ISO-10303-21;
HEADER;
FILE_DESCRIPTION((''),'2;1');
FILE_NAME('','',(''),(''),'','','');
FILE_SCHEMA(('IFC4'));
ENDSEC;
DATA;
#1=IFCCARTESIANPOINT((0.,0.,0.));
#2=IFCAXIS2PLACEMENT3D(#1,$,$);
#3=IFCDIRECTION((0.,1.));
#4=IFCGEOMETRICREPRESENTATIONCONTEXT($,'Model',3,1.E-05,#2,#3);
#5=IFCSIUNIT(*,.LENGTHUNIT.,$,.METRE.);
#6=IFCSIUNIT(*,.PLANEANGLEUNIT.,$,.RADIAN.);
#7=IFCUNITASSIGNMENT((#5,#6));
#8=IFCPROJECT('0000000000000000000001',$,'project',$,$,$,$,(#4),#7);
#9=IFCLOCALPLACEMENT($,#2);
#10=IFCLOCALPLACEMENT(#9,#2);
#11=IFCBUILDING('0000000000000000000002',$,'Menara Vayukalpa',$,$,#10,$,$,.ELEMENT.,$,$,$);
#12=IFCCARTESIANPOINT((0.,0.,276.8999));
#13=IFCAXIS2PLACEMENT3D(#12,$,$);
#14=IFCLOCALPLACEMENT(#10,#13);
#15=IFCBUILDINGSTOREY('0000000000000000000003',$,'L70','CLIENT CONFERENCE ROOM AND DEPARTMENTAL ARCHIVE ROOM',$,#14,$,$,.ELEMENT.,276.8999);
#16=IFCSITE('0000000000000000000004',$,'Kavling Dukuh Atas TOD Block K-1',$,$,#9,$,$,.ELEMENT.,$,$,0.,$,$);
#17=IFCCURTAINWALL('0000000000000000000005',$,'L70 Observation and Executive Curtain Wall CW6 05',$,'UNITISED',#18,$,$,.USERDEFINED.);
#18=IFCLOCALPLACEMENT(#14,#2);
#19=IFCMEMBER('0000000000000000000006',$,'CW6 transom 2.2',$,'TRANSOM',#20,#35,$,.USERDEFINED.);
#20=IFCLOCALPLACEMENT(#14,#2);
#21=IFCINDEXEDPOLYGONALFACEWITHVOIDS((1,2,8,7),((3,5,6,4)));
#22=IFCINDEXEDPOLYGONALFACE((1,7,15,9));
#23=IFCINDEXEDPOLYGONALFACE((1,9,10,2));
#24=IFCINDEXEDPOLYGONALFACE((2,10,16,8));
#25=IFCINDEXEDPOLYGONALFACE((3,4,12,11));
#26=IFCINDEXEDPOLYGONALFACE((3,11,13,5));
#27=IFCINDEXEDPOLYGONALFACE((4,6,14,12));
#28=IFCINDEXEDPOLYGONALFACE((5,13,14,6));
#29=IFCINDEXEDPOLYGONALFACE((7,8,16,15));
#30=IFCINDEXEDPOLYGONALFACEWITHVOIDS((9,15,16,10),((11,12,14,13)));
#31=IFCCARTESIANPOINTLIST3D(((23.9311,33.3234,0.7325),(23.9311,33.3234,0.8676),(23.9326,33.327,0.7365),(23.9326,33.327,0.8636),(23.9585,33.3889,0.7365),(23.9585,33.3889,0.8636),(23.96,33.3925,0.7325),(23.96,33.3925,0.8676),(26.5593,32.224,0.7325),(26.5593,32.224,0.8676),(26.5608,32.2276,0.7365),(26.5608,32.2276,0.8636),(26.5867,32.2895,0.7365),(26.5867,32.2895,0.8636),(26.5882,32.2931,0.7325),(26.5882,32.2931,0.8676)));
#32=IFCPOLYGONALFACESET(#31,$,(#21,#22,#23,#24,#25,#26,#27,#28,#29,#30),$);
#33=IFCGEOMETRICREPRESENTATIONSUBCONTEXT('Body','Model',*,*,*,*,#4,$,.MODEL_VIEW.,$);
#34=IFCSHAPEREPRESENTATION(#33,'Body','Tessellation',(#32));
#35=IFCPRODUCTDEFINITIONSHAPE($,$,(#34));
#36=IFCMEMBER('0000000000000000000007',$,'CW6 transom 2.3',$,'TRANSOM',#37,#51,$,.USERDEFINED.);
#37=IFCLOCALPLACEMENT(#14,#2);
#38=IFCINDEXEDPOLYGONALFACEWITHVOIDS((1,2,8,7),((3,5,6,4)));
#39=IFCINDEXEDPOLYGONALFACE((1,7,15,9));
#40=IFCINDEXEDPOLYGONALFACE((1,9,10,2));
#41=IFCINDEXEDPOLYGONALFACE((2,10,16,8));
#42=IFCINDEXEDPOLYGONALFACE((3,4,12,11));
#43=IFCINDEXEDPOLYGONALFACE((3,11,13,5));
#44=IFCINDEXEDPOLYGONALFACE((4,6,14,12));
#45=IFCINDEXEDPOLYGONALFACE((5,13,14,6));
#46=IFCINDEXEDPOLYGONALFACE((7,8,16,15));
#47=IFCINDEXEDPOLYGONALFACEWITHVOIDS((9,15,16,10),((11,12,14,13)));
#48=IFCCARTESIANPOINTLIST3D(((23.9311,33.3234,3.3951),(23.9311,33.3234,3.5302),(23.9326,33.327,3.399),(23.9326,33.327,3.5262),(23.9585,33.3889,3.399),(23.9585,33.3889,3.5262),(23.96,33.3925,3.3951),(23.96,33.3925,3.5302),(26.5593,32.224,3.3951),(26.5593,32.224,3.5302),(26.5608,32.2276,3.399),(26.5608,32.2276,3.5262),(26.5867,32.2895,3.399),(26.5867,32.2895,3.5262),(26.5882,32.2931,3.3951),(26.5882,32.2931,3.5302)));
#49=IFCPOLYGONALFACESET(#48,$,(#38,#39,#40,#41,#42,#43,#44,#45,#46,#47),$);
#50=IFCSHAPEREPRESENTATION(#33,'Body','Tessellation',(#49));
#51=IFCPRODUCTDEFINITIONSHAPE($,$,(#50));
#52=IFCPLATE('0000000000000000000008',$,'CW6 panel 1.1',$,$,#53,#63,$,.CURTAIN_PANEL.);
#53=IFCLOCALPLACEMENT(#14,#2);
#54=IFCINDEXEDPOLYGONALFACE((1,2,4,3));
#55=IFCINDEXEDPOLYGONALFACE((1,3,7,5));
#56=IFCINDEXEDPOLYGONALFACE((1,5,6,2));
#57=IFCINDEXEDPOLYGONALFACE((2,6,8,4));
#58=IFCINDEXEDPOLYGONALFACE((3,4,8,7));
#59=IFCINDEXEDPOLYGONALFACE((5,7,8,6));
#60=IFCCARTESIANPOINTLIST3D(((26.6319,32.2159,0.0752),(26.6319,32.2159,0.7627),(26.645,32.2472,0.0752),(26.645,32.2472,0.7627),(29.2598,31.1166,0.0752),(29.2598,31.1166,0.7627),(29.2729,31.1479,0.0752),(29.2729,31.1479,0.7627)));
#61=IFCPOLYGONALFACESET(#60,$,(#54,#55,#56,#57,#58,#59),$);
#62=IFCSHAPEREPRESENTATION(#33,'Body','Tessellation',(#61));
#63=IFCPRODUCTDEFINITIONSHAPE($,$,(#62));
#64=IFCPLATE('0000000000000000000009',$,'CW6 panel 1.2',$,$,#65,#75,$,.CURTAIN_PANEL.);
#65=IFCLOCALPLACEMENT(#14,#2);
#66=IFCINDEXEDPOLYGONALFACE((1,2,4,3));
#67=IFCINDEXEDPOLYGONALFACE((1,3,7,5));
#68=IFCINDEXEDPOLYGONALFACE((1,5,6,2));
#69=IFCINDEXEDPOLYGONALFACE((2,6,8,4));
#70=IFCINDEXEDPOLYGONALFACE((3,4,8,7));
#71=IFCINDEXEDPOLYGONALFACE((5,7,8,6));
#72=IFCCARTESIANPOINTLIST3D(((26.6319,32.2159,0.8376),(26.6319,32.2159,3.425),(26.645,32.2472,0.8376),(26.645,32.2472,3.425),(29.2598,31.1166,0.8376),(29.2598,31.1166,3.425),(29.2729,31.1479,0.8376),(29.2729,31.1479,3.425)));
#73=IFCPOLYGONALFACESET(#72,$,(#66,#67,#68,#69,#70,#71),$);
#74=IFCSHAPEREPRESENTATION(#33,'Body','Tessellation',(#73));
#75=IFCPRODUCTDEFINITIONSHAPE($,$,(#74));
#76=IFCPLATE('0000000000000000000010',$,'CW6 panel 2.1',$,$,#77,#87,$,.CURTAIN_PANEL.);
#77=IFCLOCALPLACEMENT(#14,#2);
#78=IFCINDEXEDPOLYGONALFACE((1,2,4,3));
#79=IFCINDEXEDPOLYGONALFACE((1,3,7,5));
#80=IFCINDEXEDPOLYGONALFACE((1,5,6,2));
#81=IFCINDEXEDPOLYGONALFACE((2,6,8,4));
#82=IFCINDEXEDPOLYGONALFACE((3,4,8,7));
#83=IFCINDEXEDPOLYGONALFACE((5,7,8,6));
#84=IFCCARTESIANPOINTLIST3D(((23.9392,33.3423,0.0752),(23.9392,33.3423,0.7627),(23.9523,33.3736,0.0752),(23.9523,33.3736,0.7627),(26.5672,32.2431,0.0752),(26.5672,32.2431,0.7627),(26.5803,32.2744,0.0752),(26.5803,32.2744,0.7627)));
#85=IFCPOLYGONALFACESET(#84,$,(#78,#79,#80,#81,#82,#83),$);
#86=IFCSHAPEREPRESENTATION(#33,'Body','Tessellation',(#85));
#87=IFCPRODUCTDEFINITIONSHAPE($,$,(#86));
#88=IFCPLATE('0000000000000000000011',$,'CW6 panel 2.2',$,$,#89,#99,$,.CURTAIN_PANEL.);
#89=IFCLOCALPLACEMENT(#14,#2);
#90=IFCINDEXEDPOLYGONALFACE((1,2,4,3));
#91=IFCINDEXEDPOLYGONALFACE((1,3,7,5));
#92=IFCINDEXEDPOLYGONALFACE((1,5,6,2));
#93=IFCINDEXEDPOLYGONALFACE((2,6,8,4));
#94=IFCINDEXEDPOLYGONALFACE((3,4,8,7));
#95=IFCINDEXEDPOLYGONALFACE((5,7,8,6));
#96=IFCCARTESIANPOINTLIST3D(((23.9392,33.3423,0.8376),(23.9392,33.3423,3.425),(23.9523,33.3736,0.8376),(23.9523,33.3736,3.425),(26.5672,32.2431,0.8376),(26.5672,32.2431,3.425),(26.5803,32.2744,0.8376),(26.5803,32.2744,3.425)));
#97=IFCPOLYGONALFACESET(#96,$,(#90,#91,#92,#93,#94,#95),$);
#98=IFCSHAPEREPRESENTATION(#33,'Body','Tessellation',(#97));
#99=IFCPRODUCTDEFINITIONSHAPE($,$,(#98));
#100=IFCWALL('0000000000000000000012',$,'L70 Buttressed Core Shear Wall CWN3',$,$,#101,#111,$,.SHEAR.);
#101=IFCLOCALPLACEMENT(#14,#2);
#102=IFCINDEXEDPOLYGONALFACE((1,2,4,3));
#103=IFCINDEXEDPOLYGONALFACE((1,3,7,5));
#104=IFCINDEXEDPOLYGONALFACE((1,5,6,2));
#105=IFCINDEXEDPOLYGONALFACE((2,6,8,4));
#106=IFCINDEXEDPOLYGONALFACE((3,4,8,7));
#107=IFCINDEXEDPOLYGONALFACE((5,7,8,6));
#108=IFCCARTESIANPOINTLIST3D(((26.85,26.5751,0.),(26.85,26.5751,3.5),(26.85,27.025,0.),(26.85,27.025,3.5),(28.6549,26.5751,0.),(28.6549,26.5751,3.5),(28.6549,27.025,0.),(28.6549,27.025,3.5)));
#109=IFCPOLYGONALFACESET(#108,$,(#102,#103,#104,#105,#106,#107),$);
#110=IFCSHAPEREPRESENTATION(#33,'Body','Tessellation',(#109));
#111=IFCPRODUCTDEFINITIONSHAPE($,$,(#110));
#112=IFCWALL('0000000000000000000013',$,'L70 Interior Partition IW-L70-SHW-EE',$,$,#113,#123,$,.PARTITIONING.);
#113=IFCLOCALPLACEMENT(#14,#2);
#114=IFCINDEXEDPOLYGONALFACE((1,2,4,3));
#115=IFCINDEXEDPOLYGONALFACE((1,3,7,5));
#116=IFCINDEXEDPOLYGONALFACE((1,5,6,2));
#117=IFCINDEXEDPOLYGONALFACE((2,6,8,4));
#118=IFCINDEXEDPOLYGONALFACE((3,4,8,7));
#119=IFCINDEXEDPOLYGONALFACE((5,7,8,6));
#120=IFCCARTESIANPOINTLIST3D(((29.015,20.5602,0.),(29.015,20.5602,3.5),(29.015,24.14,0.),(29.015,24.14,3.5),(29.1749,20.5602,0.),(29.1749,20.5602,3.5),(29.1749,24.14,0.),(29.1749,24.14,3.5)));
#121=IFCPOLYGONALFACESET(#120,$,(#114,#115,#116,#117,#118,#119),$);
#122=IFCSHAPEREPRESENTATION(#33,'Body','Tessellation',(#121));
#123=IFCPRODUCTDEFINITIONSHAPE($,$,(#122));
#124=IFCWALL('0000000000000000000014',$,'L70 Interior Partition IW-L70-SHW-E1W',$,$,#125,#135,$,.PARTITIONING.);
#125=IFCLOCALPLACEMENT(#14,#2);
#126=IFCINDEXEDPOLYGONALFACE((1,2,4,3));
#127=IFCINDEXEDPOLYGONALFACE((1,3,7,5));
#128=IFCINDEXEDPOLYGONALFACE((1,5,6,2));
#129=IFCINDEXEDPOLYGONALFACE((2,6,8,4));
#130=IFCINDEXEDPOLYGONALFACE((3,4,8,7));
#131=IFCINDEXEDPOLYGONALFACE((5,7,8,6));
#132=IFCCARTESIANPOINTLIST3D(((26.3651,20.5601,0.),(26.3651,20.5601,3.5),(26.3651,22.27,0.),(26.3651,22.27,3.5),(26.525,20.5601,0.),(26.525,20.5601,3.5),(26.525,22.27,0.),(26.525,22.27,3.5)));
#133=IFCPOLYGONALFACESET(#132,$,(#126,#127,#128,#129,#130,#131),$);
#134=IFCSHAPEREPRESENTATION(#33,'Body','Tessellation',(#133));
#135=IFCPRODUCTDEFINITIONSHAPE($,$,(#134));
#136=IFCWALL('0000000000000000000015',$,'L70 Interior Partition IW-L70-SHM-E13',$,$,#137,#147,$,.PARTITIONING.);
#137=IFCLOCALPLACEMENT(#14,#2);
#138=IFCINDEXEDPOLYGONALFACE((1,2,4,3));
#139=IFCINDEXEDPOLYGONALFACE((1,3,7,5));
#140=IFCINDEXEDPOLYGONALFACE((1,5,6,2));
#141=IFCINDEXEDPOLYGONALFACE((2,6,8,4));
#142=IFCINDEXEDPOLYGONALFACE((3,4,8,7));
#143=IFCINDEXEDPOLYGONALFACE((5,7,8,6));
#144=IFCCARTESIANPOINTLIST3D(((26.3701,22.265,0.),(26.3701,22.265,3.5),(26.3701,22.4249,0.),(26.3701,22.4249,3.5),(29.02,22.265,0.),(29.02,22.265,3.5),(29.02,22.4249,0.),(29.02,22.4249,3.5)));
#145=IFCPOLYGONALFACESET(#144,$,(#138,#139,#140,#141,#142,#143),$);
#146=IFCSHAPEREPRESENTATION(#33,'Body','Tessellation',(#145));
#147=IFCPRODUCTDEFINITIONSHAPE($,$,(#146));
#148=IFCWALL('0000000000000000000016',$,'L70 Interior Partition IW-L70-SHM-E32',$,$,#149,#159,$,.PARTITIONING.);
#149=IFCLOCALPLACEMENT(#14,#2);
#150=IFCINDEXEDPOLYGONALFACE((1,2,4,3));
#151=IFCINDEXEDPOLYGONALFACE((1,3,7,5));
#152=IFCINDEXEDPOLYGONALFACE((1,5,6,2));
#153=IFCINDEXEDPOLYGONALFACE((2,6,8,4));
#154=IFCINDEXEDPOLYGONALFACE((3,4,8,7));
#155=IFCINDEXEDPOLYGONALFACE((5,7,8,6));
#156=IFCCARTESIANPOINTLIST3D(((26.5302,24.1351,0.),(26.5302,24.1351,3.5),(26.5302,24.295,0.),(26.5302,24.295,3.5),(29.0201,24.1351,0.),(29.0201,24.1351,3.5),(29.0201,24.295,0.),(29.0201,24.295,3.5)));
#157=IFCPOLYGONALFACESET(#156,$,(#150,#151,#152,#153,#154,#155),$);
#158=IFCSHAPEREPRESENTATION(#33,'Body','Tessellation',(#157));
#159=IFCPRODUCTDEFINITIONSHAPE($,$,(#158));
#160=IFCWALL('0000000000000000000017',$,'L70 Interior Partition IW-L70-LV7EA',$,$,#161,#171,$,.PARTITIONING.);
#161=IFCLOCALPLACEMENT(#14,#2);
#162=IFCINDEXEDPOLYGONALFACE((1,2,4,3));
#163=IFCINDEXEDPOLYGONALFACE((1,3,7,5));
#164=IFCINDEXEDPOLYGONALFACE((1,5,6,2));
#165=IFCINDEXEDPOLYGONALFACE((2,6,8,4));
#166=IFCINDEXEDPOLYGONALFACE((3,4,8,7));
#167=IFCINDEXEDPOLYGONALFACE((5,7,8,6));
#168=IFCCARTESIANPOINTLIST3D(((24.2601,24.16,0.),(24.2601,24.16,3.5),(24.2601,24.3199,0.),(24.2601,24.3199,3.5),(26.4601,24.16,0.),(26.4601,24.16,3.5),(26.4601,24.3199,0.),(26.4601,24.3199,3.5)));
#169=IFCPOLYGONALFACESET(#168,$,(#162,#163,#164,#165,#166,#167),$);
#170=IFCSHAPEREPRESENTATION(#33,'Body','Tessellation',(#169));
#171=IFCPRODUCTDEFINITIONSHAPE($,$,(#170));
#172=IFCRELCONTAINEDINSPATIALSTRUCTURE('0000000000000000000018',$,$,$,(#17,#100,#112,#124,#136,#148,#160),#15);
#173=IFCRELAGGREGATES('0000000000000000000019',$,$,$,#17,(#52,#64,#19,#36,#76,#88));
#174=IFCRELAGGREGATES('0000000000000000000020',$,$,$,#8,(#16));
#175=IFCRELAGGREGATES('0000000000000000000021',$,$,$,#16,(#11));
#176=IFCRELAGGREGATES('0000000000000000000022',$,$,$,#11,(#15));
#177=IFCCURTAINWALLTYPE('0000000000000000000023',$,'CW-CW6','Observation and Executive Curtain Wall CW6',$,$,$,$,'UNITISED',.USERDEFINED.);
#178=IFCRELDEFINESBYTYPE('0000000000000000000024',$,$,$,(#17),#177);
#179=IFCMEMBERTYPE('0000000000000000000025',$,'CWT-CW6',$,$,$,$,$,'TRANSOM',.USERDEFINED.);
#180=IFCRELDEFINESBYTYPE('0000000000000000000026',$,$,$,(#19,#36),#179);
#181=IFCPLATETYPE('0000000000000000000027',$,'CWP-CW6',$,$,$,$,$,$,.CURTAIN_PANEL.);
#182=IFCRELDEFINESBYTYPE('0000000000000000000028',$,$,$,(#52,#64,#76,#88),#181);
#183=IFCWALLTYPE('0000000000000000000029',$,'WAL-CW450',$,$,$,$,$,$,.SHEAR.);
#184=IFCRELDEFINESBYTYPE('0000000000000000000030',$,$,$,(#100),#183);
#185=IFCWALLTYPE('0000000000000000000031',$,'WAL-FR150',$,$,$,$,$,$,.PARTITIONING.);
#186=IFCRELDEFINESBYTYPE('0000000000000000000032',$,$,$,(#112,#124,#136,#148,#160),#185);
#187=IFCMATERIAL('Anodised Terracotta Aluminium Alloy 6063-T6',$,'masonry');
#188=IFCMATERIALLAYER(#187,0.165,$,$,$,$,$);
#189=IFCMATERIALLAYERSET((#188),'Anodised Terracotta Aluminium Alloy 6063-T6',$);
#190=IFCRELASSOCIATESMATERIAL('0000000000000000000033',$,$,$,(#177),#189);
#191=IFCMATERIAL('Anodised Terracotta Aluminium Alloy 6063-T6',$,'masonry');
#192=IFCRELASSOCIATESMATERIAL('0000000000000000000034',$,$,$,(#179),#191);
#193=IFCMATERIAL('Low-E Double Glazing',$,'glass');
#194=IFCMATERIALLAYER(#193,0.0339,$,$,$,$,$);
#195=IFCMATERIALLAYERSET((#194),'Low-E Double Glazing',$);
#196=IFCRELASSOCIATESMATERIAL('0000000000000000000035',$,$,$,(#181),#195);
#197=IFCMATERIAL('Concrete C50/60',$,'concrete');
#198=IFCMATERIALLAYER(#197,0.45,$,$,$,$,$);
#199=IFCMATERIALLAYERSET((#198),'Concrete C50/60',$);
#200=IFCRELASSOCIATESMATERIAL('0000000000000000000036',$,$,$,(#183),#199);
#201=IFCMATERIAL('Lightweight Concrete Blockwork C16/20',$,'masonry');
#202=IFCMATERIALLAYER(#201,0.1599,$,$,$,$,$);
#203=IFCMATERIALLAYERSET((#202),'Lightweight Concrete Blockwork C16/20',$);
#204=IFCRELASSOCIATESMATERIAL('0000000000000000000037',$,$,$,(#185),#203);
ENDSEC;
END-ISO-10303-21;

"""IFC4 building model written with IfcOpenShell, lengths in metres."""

from ifc_helpers import new_model, si_unit, direction, frame, frame_2d, origin, origin_2d, place, context, subcontext, project, spatial, rectangle, hollow_rectangle, extrude, material, layer, layer_set, material_profile, profile_set, type_object, element, aggregate, save


model = new_model("IFC4")

# Units and contexts
model_context = context("Model", 3, precision=1e-05, world=origin(), true_north=direction((0.0, 1.0)))
body_context = subcontext(model_context, "Body", "Model", "MODEL_VIEW")
ifc_project = project(units=[si_unit("LENGTHUNIT", "METRE"), si_unit("PLANEANGLEUNIT", "RADIAN")], contexts=[model_context])

# Site, building, storey
site_placement = place(None, origin())
site = spatial("IfcSite", under=ifc_project, at=site_placement, Name="Kavling Dukuh Atas TOD Block K-1", CompositionType="ELEMENT", RefElevation=0.0)
building_placement = place(site_placement, origin())
building = spatial("IfcBuilding", under=site, at=building_placement, Name="Menara Vayukalpa", CompositionType="ELEMENT")
storey_placement = place(building_placement, frame((0.0, 0.0, 276.8999)))
storey = spatial("IfcBuildingStorey", under=building, at=storey_placement, Name="L70", Description="CLIENT CONFERENCE ROOM AND DEPARTMENTAL ARCHIVE ROOM", CompositionType="ELEMENT", Elevation=276.8999)

# Curtain wall, members, plates
ifc_material_1 = material(Name="Anodised Terracotta Aluminium Alloy 6063-T6", Category="masonry")
ifc_layer_1 = layer(ifc_material_1, 0.165)
ifc_layer_set_1 = layer_set([ifc_layer_1], Name="Anodised Terracotta Aluminium Alloy 6063-T6")
curtain_wall_type = type_object("IfcCurtainWallType", Name="CW-CW6", Description="Observation and Executive Curtain Wall CW6", ElementType="UNITISED", PredefinedType="USERDEFINED", material=ifc_layer_set_1)
curtain_wall_placement = place(storey_placement, origin())
curtain_wall = element("IfcCurtainWall", 1, at=curtain_wall_placement, inside=storey, type_object=curtain_wall_type, Name="L70 Observation and Executive Curtain Wall CW6 05", ObjectType="UNITISED", PredefinedType="USERDEFINED")
ifc_material_2 = material(Name="Anodised Terracotta Aluminium Alloy 6063-T6", Category="masonry")
ifc_material_profile_1 = material_profile(ifc_material_2, hollow_rectangle(XDim=0.075, YDim=0.135, WallThickness=0.0039, at=origin_2d()), Name="ALU 75x135x4")
ifc_profile_set_1 = profile_set([ifc_material_profile_1], Name="Anodised Terracotta Aluminium Alloy 6063-T6")
member_type_1 = type_object("IfcMemberType", Name="CWT-CW6", ElementType="TRANSOM", PredefinedType="USERDEFINED", material=ifc_profile_set_1)
member_1_placement = place(storey_placement, frame((26.5737, 32.2585, 0.8), z_axis=(-0.922541, 0.385899, 0.0), x_axis=(-0.385899, -0.922541, 0.0)))
member_1 = element("IfcMember", 2, at=member_1_placement, type_object=member_type_1, Name="CW6 transom 2.2", ObjectType="TRANSOM", PredefinedType="USERDEFINED", context=body_context, shape_type="SweptSolid", body=[
    extrude(hollow_rectangle(XDim=0.075, YDim=0.135, WallThickness=0.0039, at=origin_2d()), origin(), (0.0, 0.0, 1.0), 2.8489),
])
member_2_placement = place(storey_placement, frame((26.5737, 32.2585, 3.4626), z_axis=(-0.922541, 0.385899, 0.0), x_axis=(-0.385899, -0.922541, 0.0)))
member_2 = element("IfcMember", 3, at=member_2_placement, type_object=member_type_1, Name="CW6 transom 2.3", ObjectType="TRANSOM", PredefinedType="USERDEFINED", context=body_context, shape_type="SweptSolid", body=[
    extrude(hollow_rectangle(XDim=0.075, YDim=0.135, WallThickness=0.0039, at=origin_2d()), origin(), (0.0, 0.0, 1.0), 2.8489),
])
ifc_material_3 = material(Name="Low-E Double Glazing", Category="glass")
ifc_layer_2 = layer(ifc_material_3, 0.0339)
ifc_layer_set_2 = layer_set([ifc_layer_2], Name="Low-E Double Glazing")
plate_type = type_object("IfcPlateType", Name="CWP-CW6", PredefinedType="CURTAIN_PANEL", material=ifc_layer_set_2)
plate_1_placement = place(storey_placement, frame((27.9524, 31.6819, 0.0752), z_axis=(0.0, 0.0, 1.0), x_axis=(-0.922541, 0.3859, 0.0)))
plate_1 = element("IfcPlate", 4, at=plate_1_placement, type_object=plate_type, Name="CW6 panel 1.1", PredefinedType="CURTAIN_PANEL", context=body_context, shape_type="SweptSolid", body=[
    extrude(rectangle(XDim=2.8486, YDim=0.0339, at=origin_2d()), origin(), (0.0, 0.0, 1.0), 0.6875),
])
plate_2_placement = place(storey_placement, frame((27.9524, 31.6819, 0.8376), z_axis=(0.0, 0.0, 1.0), x_axis=(-0.922541, 0.3859, 0.0)))
plate_2 = element("IfcPlate", 5, at=plate_2_placement, type_object=plate_type, Name="CW6 panel 1.2", PredefinedType="CURTAIN_PANEL", context=body_context, shape_type="SweptSolid", body=[
    extrude(rectangle(XDim=2.8486, YDim=0.0339, at=origin_2d()), origin(), (0.0, 0.0, 1.0), 2.5874),
])
plate_3_placement = place(storey_placement, frame((25.2598, 32.8083, 0.0752), z_axis=(0.0, 0.0, 1.0), x_axis=(-0.922541, 0.3859, 0.0)))
plate_3 = element("IfcPlate", 6, at=plate_3_placement, type_object=plate_type, Name="CW6 panel 2.1", PredefinedType="CURTAIN_PANEL", context=body_context, shape_type="SweptSolid", body=[
    extrude(rectangle(XDim=2.8486, YDim=0.0339, at=origin_2d()), origin(), (0.0, 0.0, 1.0), 0.6875),
])
plate_4_placement = place(storey_placement, frame((25.2598, 32.8083, 0.8376), z_axis=(0.0, 0.0, 1.0), x_axis=(-0.922541, 0.3859, 0.0)))
plate_4 = element("IfcPlate", 7, at=plate_4_placement, type_object=plate_type, Name="CW6 panel 2.2", PredefinedType="CURTAIN_PANEL", context=body_context, shape_type="SweptSolid", body=[
    extrude(rectangle(XDim=2.8486, YDim=0.0339, at=origin_2d()), origin(), (0.0, 0.0, 1.0), 2.5874),
])
aggregate(curtain_wall, [plate_1, plate_2, member_1, member_2, plate_3, plate_4])

# Walls
ifc_material_4 = material(Name="Concrete C50/60", Category="concrete")
ifc_layer_3 = layer(ifc_material_4, 0.45)
ifc_layer_set_3 = layer_set([ifc_layer_3], Name="Concrete C50/60")
wall_type_1 = type_object("IfcWallType", Name="WAL-CW450", PredefinedType="SHEAR", material=ifc_layer_set_3)
wall_1_placement = place(storey_placement, frame((26.8501, 26.8, 0.0), z_axis=(0.0, 0.0, 1.0), x_axis=(1.0, 0.0, 0.0)))
element("IfcWall", 8, at=wall_1_placement, inside=storey, type_object=wall_type_1, Name="L70 Buttressed Core Shear Wall CWN3", PredefinedType="SHEAR", context=body_context, shape_type="SweptSolid", body=[
    extrude(rectangle(XDim=1.8049, YDim=0.45, at=frame_2d((0.9023, 0.0))), origin(), (0.0, 0.0, 1.0), 3.5),
])
ifc_material_5 = material(Name="Lightweight Concrete Blockwork C16/20", Category="masonry")
ifc_layer_4 = layer(ifc_material_5, 0.1599)
ifc_layer_set_4 = layer_set([ifc_layer_4], Name="Lightweight Concrete Blockwork C16/20")
wall_type_2 = type_object("IfcWallType", Name="WAL-FR150", PredefinedType="PARTITIONING", material=ifc_layer_set_4)
wall_2_placement = place(storey_placement, frame((29.095, 20.5601, 0.0), z_axis=(0.0, 0.0, 1.0), x_axis=(0.0, 1.0, 0.0)))
element("IfcWall", 9, at=wall_2_placement, inside=storey, type_object=wall_type_2, Name="L70 Interior Partition IW-L70-SHW-EE", PredefinedType="PARTITIONING", context=body_context, shape_type="SweptSolid", body=[
    extrude(rectangle(XDim=3.5798, YDim=0.1599, at=frame_2d((1.79, 0.0))), origin(), (0.0, 0.0, 1.0), 3.5),
])
wall_3_placement = place(storey_placement, frame((26.4451, 20.5601, 0.0), z_axis=(0.0, 0.0, 1.0), x_axis=(0.0, 1.0, 0.0)))
element("IfcWall", 10, at=wall_3_placement, inside=storey, type_object=wall_type_2, Name="L70 Interior Partition IW-L70-SHW-E1W", PredefinedType="PARTITIONING", context=body_context, shape_type="SweptSolid", body=[
    extrude(rectangle(XDim=1.71, YDim=0.1599, at=frame_2d((0.855, 0.0))), origin(), (0.0, 0.0, 1.0), 3.5),
])
wall_4_placement = place(storey_placement, frame((26.3701, 22.345, 0.0), z_axis=(0.0, 0.0, 1.0), x_axis=(1.0, 0.0, 0.0)))
element("IfcWall", 11, at=wall_4_placement, inside=storey, type_object=wall_type_2, Name="L70 Interior Partition IW-L70-SHM-E13", PredefinedType="PARTITIONING", context=body_context, shape_type="SweptSolid", body=[
    extrude(rectangle(XDim=2.6499, YDim=0.1599, at=frame_2d((1.325, 0.0))), origin(), (0.0, 0.0, 1.0), 3.5),
])
wall_5_placement = place(storey_placement, frame((26.53, 24.2151, 0.0), z_axis=(0.0, 0.0, 1.0), x_axis=(1.0, 0.0, 0.0)))
element("IfcWall", 12, at=wall_5_placement, inside=storey, type_object=wall_type_2, Name="L70 Interior Partition IW-L70-SHM-E32", PredefinedType="PARTITIONING", context=body_context, shape_type="SweptSolid", body=[
    extrude(rectangle(XDim=2.49, YDim=0.1599, at=frame_2d((1.2451, 0.0))), origin(), (0.0, 0.0, 1.0), 3.5),
])
wall_6_placement = place(storey_placement, frame((24.26, 24.24, 0.0), z_axis=(0.0, 0.0, 1.0), x_axis=(1.0, 0.0, 0.0)))
element("IfcWall", 13, at=wall_6_placement, inside=storey, type_object=wall_type_2, Name="L70 Interior Partition IW-L70-LV7EA", PredefinedType="PARTITIONING", context=body_context, shape_type="SweptSolid", body=[
    extrude(rectangle(XDim=2.2, YDim=0.1599, at=frame_2d((1.1001, 0.0))), origin(), (0.0, 0.0, 1.0), 3.5),
])

save(model, "model.ifc")
